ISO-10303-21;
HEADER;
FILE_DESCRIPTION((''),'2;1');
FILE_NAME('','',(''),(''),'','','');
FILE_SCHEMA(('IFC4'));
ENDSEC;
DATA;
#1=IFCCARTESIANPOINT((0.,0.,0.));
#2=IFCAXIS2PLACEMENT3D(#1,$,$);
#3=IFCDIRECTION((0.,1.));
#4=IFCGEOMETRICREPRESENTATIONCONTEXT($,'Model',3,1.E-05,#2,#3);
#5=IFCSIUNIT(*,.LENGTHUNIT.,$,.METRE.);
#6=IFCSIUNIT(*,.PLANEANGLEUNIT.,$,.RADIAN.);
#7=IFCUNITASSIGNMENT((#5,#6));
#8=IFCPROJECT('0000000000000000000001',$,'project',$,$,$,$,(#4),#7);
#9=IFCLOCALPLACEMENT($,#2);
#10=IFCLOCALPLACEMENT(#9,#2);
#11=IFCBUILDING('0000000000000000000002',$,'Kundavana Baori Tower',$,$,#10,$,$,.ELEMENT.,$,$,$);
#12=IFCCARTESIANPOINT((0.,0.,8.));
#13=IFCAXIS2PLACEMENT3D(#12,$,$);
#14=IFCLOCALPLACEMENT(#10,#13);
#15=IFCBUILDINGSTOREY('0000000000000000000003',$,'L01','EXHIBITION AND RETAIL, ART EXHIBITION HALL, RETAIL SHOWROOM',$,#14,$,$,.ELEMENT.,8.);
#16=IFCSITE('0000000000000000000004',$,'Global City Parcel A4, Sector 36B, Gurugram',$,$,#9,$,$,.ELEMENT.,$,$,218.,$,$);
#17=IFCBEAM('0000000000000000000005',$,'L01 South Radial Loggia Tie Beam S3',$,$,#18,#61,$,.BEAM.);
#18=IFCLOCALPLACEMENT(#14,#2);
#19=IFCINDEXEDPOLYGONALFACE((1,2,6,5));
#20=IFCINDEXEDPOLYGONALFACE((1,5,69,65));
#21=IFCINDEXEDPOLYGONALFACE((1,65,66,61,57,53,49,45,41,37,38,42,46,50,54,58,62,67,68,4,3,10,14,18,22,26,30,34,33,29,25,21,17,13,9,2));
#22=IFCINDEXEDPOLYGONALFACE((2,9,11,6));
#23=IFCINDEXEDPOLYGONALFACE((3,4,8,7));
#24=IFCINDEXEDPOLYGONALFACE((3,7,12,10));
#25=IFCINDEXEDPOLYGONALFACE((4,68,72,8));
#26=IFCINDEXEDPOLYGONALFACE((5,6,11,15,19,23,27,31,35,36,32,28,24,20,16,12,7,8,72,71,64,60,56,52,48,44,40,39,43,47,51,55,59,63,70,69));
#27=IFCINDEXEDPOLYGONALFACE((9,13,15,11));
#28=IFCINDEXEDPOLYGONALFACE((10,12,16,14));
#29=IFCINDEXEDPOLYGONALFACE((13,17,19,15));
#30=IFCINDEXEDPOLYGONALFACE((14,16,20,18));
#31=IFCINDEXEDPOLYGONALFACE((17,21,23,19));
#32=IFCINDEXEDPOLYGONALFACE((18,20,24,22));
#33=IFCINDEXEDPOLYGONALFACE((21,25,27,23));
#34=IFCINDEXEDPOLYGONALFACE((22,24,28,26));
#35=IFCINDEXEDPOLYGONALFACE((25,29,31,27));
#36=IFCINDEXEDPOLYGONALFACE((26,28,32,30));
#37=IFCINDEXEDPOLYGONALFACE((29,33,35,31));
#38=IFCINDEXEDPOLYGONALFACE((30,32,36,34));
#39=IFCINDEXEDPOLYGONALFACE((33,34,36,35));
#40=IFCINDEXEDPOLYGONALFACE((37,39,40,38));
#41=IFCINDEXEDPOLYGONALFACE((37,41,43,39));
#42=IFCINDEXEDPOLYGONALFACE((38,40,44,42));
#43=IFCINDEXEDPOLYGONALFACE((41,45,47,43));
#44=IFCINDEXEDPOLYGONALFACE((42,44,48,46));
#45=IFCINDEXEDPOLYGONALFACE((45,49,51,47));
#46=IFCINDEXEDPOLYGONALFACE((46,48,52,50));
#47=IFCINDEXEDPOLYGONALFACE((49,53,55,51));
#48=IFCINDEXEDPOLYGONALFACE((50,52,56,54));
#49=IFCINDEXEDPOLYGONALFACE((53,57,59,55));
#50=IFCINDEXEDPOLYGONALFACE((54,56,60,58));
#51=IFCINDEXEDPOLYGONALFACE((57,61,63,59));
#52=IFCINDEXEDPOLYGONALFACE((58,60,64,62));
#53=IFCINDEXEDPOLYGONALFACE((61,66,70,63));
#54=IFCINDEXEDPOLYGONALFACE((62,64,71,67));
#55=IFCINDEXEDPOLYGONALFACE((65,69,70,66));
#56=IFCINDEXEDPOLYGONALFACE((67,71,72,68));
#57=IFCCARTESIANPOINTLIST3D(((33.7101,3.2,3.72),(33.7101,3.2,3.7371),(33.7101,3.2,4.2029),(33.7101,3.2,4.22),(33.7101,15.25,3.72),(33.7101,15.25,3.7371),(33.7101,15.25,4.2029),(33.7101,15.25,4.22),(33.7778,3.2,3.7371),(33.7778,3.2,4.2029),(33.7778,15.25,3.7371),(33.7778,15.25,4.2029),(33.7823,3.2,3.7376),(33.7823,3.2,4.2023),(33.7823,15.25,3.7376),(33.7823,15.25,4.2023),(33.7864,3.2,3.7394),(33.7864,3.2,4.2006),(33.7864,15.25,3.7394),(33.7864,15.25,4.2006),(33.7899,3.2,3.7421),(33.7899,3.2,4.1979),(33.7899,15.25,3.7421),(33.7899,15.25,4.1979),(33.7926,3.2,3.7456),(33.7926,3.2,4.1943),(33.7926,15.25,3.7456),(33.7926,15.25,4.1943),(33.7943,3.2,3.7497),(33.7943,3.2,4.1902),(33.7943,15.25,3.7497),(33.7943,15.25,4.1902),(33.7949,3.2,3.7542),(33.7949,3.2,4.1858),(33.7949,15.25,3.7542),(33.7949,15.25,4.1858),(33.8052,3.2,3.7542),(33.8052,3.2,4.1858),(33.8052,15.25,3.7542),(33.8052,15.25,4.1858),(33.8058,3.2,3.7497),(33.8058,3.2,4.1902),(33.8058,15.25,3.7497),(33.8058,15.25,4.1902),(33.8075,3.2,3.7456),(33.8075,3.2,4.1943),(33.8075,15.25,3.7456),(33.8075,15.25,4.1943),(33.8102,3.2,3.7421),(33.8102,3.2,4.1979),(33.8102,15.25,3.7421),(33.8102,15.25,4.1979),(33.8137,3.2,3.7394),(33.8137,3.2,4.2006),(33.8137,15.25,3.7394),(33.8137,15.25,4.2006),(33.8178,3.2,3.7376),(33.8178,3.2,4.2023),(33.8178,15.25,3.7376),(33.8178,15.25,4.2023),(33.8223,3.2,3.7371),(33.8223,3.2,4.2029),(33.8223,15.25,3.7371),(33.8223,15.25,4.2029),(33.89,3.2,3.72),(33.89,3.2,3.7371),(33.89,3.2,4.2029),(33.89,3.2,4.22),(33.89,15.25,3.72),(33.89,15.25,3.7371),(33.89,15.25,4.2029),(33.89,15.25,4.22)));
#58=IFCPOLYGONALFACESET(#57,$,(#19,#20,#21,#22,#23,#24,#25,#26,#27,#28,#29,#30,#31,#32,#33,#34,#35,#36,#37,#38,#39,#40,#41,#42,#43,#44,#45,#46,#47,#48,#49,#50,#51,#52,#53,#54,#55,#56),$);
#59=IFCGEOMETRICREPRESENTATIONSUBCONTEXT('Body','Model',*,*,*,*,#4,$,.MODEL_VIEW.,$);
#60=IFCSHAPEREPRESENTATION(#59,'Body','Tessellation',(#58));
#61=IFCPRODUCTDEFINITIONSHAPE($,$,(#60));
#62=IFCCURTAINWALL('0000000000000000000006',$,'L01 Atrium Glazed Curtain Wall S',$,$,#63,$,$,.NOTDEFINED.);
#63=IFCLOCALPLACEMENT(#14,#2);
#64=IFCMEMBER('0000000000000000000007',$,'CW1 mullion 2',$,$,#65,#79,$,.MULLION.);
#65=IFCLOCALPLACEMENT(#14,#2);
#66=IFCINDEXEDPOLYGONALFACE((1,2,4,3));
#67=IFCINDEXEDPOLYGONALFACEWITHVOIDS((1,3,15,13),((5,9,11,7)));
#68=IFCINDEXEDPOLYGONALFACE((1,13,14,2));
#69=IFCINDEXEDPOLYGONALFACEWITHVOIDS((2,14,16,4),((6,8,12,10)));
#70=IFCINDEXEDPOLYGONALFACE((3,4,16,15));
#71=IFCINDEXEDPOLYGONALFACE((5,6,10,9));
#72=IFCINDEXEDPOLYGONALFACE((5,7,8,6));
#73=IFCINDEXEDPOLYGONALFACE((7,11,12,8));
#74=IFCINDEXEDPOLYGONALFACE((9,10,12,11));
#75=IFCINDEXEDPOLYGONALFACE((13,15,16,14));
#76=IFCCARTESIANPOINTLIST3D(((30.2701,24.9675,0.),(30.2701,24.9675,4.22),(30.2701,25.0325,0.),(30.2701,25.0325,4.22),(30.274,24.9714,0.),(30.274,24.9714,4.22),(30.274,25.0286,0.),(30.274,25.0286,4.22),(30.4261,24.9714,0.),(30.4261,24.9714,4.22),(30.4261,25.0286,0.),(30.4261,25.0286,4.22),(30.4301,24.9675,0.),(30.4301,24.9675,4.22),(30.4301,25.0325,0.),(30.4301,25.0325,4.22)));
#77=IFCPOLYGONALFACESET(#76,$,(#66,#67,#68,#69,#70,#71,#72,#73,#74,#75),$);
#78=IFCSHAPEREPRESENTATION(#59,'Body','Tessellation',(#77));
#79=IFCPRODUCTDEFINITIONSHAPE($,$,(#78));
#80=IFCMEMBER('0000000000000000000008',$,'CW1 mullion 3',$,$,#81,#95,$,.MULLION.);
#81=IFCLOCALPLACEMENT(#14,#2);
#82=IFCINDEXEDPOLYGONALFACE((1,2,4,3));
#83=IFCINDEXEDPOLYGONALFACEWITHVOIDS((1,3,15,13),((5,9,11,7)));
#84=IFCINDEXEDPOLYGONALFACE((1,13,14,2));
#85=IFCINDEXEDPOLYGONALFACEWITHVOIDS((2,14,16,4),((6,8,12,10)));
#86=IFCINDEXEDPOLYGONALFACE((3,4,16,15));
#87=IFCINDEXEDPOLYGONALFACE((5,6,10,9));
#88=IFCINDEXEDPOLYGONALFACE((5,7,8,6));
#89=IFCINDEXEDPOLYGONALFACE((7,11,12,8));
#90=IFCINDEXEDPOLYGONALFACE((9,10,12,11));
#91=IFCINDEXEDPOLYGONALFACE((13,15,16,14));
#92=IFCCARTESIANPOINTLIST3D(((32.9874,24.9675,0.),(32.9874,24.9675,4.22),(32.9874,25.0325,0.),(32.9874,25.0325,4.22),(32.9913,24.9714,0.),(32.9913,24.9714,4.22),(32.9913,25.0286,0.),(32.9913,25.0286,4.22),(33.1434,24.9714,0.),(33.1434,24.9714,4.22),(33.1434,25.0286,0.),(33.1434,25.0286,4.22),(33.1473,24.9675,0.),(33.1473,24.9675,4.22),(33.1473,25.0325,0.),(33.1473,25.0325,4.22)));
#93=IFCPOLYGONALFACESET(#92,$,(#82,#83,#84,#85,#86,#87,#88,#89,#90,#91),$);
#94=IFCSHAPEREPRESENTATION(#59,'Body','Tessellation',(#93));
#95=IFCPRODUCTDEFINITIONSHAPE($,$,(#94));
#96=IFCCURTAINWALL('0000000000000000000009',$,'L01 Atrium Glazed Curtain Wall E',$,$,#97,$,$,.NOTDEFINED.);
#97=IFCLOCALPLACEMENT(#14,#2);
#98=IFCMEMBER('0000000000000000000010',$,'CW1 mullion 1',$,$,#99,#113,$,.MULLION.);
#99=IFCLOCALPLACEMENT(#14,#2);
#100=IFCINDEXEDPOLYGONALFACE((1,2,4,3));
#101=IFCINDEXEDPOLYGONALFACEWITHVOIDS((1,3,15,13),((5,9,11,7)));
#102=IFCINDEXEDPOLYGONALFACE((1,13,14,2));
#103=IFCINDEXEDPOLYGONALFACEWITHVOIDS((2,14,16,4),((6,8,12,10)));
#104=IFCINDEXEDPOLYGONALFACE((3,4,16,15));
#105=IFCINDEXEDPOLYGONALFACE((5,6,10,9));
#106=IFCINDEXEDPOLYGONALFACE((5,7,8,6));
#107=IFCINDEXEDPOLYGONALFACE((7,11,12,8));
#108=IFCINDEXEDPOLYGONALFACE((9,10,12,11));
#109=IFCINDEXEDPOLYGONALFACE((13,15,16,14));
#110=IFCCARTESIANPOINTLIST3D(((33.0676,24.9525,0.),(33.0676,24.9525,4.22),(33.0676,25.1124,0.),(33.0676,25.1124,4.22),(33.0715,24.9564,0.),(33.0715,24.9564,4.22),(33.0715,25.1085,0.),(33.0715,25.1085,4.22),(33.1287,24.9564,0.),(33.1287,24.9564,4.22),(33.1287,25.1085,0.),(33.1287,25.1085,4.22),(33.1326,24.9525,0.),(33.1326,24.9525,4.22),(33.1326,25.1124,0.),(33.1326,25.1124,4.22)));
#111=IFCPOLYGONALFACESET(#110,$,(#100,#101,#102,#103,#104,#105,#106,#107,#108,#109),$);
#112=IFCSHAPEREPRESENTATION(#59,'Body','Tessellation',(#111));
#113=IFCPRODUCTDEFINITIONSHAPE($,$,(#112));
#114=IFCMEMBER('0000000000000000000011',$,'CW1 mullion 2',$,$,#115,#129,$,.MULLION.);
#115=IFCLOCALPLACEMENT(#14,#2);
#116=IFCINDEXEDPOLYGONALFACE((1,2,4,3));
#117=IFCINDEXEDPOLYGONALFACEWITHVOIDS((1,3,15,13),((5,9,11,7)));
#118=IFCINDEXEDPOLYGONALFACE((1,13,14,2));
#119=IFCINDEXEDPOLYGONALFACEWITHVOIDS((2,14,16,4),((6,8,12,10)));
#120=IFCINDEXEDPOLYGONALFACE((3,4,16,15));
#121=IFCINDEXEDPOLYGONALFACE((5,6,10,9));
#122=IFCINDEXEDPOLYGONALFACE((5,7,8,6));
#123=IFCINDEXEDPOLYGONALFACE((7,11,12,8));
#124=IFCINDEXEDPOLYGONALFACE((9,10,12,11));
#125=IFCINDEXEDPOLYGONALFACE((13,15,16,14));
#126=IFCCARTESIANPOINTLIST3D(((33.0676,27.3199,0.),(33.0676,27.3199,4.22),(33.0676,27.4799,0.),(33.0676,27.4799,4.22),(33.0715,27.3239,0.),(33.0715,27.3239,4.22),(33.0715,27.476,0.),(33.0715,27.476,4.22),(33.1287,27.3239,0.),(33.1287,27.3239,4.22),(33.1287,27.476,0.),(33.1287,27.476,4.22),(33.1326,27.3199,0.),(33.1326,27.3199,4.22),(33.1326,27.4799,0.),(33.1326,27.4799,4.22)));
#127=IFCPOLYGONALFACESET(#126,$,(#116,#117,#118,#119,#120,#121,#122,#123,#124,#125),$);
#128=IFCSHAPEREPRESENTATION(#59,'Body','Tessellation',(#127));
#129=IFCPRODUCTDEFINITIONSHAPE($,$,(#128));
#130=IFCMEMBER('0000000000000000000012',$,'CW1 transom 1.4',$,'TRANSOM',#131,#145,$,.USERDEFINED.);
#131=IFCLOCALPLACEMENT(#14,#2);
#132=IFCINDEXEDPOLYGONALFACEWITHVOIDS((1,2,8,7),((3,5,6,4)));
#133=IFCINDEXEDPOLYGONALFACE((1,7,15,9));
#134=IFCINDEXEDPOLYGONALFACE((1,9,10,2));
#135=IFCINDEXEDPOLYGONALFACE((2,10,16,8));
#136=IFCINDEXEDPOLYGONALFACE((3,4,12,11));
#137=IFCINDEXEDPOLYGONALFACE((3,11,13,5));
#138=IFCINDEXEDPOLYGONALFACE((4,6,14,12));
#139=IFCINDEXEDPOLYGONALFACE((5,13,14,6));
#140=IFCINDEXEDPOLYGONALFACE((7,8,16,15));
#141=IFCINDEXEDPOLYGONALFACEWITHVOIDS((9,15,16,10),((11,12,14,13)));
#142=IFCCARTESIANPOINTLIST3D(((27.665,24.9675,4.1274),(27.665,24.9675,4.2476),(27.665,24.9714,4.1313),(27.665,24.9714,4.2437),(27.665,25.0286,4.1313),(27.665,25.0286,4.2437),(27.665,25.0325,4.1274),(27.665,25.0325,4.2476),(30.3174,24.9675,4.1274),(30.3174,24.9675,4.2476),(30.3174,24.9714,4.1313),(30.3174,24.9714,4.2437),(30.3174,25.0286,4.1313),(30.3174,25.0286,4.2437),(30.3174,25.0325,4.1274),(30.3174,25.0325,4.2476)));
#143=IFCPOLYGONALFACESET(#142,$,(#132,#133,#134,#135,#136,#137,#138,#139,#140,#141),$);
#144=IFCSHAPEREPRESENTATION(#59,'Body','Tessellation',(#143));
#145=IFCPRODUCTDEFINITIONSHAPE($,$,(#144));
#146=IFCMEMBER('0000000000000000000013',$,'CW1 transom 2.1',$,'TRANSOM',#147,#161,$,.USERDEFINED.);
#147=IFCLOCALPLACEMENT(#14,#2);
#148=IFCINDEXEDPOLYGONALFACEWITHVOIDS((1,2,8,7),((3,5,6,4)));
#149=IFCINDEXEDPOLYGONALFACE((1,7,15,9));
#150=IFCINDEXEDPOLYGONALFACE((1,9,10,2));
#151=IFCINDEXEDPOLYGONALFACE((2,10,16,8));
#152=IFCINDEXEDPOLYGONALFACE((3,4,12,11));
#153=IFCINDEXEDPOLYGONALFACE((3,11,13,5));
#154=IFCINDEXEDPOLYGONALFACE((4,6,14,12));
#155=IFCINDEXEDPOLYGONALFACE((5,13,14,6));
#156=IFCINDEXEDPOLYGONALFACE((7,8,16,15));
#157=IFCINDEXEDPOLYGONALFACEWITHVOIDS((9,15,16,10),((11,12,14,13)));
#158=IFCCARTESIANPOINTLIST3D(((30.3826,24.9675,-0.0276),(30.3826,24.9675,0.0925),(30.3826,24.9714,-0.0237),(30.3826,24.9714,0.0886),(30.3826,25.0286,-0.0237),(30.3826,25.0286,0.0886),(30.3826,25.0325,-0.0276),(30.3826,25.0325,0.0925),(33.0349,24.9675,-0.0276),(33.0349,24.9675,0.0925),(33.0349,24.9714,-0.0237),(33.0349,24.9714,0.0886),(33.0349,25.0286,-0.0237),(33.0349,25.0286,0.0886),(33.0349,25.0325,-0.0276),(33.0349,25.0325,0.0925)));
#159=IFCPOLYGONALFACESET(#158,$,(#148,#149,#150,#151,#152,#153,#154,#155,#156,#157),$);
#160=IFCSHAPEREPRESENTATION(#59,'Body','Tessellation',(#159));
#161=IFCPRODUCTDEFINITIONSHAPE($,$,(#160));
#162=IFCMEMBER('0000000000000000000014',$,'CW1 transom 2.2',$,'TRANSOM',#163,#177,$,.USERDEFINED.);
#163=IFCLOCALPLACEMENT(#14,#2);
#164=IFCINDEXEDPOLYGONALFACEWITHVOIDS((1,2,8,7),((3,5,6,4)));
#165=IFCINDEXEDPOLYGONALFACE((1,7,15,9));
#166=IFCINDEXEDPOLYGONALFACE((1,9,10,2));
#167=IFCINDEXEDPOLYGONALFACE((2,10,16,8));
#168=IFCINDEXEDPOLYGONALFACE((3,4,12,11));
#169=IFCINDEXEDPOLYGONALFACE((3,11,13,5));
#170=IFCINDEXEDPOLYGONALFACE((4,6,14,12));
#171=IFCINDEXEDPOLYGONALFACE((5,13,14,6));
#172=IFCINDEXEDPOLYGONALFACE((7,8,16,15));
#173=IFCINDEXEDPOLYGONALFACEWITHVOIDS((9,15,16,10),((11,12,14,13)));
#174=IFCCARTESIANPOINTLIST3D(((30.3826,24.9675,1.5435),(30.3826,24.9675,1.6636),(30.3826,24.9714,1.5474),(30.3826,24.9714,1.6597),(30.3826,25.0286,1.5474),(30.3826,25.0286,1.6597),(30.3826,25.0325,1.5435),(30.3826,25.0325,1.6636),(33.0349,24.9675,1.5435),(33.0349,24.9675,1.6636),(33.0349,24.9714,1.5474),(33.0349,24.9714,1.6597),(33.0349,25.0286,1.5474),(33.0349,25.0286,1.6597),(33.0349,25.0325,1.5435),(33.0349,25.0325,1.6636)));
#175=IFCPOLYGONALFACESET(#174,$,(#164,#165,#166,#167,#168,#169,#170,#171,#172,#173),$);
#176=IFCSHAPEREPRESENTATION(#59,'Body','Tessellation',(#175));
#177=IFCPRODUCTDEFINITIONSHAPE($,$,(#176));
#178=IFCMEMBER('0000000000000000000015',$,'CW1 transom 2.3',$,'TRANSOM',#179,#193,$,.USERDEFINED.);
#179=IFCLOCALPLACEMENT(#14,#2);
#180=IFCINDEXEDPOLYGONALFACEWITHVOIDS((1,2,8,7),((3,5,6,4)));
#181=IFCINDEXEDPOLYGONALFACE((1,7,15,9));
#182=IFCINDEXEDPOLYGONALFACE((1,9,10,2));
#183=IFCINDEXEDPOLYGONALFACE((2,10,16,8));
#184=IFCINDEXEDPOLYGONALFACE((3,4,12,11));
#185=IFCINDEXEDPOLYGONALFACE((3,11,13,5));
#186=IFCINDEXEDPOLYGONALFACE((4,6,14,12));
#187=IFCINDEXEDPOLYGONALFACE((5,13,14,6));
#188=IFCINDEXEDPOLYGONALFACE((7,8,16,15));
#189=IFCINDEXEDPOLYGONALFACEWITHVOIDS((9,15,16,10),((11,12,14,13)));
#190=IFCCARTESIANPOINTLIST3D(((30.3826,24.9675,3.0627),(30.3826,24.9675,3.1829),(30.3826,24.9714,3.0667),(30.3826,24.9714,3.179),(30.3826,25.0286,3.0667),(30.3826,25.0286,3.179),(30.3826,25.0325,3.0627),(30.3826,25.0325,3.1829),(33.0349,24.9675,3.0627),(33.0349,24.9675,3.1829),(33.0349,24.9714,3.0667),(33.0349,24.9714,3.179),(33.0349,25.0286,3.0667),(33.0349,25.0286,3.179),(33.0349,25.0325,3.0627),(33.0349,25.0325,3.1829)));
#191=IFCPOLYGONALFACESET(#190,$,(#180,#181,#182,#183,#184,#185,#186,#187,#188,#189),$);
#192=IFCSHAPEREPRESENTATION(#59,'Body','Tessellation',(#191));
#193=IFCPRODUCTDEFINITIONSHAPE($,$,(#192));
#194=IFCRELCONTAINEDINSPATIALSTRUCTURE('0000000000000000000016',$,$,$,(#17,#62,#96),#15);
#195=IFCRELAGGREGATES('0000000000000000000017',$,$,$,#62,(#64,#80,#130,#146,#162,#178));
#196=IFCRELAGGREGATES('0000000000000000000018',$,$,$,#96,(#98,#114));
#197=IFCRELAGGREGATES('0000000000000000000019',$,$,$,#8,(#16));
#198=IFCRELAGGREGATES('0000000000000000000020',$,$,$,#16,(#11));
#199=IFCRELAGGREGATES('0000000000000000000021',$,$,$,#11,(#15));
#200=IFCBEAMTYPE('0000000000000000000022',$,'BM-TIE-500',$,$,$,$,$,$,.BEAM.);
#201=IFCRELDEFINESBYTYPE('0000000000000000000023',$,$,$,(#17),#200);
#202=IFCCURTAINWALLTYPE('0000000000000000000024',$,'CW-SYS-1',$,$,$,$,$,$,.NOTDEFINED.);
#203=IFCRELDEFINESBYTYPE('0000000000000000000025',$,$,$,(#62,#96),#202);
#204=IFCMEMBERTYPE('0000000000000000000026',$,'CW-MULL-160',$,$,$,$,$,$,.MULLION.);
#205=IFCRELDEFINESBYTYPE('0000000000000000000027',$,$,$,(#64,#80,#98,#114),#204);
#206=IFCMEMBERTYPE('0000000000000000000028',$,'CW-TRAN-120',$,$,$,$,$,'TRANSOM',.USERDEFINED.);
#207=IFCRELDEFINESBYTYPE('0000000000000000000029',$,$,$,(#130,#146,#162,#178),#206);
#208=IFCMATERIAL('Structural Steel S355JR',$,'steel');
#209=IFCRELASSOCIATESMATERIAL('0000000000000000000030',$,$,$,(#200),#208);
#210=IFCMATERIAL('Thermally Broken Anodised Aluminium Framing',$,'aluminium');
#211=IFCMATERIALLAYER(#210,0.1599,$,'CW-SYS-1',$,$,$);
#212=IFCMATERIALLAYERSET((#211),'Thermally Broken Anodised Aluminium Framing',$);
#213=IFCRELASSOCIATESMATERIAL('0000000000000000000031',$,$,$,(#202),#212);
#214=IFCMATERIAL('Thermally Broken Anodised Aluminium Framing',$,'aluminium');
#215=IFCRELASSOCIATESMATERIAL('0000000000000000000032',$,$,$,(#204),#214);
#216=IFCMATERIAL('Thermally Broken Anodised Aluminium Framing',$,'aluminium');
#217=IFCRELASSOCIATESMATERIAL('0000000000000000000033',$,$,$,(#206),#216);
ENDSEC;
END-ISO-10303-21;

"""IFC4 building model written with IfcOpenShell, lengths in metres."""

from ifc_helpers import new_model, si_unit, direction, frame, origin, origin_2d, place, context, subcontext, project, spatial, hollow_rectangle, i_section, extrude, material, layer, layer_set, material_profile, profile_set, type_object, element, aggregate, save


model = new_model("IFC4")

# Units and contexts
model_context = context("Model", 3, precision=1e-05, world=origin(), true_north=direction((0.0, 1.0)))
body_context = subcontext(model_context, "Body", "Model", "MODEL_VIEW")
ifc_project = project(units=[si_unit("LENGTHUNIT", "METRE"), si_unit("PLANEANGLEUNIT", "RADIAN")], contexts=[model_context])

# Site, building, storey
site_placement = place(None, origin())
site = spatial("IfcSite", under=ifc_project, at=site_placement, Name="Global City Parcel A4, Sector 36B, Gurugram", CompositionType="ELEMENT", RefElevation=218.0)
building_placement = place(site_placement, origin())
building = spatial("IfcBuilding", under=site, at=building_placement, Name="Kundavana Baori Tower", CompositionType="ELEMENT")
storey_placement = place(building_placement, frame((0.0, 0.0, 8.0)))
storey = spatial("IfcBuildingStorey", under=building, at=storey_placement, Name="L01", Description="EXHIBITION AND RETAIL, ART EXHIBITION HALL, RETAIL SHOWROOM", CompositionType="ELEMENT", Elevation=8.0)

# Beam
ifc_material_1 = material(Name="Structural Steel S355JR", Category="steel")
ifc_material_profile_1 = material_profile(ifc_material_1, i_section(OverallWidth=0.1799, OverallDepth=0.5, WebThickness=0.0103, FlangeThickness=0.0171, FilletRadius=0.0171, at=origin_2d()), Name="ISMB 500")
ifc_profile_set_1 = profile_set([ifc_material_profile_1], Name="Structural Steel S355JR")
beam_type_1 = type_object("IfcBeamType", Name="BM-TIE-500", PredefinedType="BEAM", material=ifc_profile_set_1)
beam_1_placement = place(storey_placement, frame((33.8, 15.25, 3.97), z_axis=(0.0, -1.0, 0.0), x_axis=(1.0, 0.0, 0.0)))
element("IfcBeam", 1, at=beam_1_placement, inside=storey, type_object=beam_type_1, Name="L01 South Radial Loggia Tie Beam S3", PredefinedType="BEAM", context=body_context, shape_type="SweptSolid", body=[
    extrude(i_section(OverallWidth=0.1799, OverallDepth=0.5, WebThickness=0.0103, FlangeThickness=0.0171, FilletRadius=0.0171, at=origin_2d()), origin(), (0.0, 0.0, 1.0), 12.05),
])

# Curtain walls, members
ifc_material_2 = material(Name="Thermally Broken Anodised Aluminium Framing", Category="aluminium")
ifc_layer_1 = layer(ifc_material_2, 0.1599, Name="CW-SYS-1")
ifc_layer_set_1 = layer_set([ifc_layer_1], Name="Thermally Broken Anodised Aluminium Framing")
curtain_wall_type = type_object("IfcCurtainWallType", Name="CW-SYS-1", PredefinedType="NOTDEFINED", material=ifc_layer_set_1)
curtain_wall_1_placement = place(storey_placement, origin())
curtain_wall_1 = element("IfcCurtainWall", 2, at=curtain_wall_1_placement, inside=storey, type_object=curtain_wall_type, Name="L01 Atrium Glazed Curtain Wall S", PredefinedType="NOTDEFINED")
ifc_material_3 = material(Name="Thermally Broken Anodised Aluminium Framing", Category="aluminium")
ifc_material_profile_2 = material_profile(ifc_material_3, hollow_rectangle(XDim=0.0649, YDim=0.1599, WallThickness=0.0039, at=origin_2d()), Name="CW-MULL-160")
ifc_profile_set_2 = profile_set([ifc_material_profile_2], Name="Thermally Broken Anodised Aluminium Framing")
member_type_1 = type_object("IfcMemberType", Name="CW-MULL-160", PredefinedType="MULLION", material=ifc_profile_set_2)
member_1_placement = place(storey_placement, frame((30.3501, 25.0, 0.0), z_axis=(0.0, 0.0, 1.0), x_axis=(0.0, 1.0, 0.0)))
member_1 = element("IfcMember", 3, at=member_1_placement, type_object=member_type_1, Name="CW1 mullion 2", PredefinedType="MULLION", context=body_context, shape_type="SweptSolid", body=[
    extrude(hollow_rectangle(XDim=0.0649, YDim=0.1599, WallThickness=0.0039, at=origin_2d()), origin(), (0.0, 0.0, 1.0), 4.22),
])
member_2_placement = place(storey_placement, frame((33.0674, 25.0, 0.0), z_axis=(0.0, 0.0, 1.0), x_axis=(0.0, 1.0, 0.0)))
member_2 = element("IfcMember", 4, at=member_2_placement, type_object=member_type_1, Name="CW1 mullion 3", PredefinedType="MULLION", context=body_context, shape_type="SweptSolid", body=[
    extrude(hollow_rectangle(XDim=0.0649, YDim=0.1599, WallThickness=0.0039, at=origin_2d()), origin(), (0.0, 0.0, 1.0), 4.22),
])
curtain_wall_2_placement = place(storey_placement, origin())
curtain_wall_2 = element("IfcCurtainWall", 5, at=curtain_wall_2_placement, inside=storey, type_object=curtain_wall_type, Name="L01 Atrium Glazed Curtain Wall E", PredefinedType="NOTDEFINED")
member_3_placement = place(storey_placement, frame((33.1001, 25.0325, 0.0), z_axis=(0.0, 0.0, 1.0), x_axis=(-1.0, 0.0, 0.0)))
member_3 = element("IfcMember", 6, at=member_3_placement, type_object=member_type_1, Name="CW1 mullion 1", PredefinedType="MULLION", context=body_context, shape_type="SweptSolid", body=[
    extrude(hollow_rectangle(XDim=0.0649, YDim=0.1599, WallThickness=0.0039, at=origin_2d()), origin(), (0.0, 0.0, 1.0), 4.22),
])
member_4_placement = place(storey_placement, frame((33.1001, 27.3999, 0.0), z_axis=(0.0, 0.0, 1.0), x_axis=(-1.0, 0.0, 0.0)))
member_4 = element("IfcMember", 7, at=member_4_placement, type_object=member_type_1, Name="CW1 mullion 2", PredefinedType="MULLION", context=body_context, shape_type="SweptSolid", body=[
    extrude(hollow_rectangle(XDim=0.0649, YDim=0.1599, WallThickness=0.0039, at=origin_2d()), origin(), (0.0, 0.0, 1.0), 4.22),
])

# Members
ifc_material_4 = material(Name="Thermally Broken Anodised Aluminium Framing", Category="aluminium")
ifc_material_profile_3 = material_profile(ifc_material_4, hollow_rectangle(XDim=0.0649, YDim=0.1201, WallThickness=0.0039, at=origin_2d()), Name="CW-TRAN-120")
ifc_profile_set_3 = profile_set([ifc_material_profile_3], Name="Thermally Broken Anodised Aluminium Framing")
member_type_2 = type_object("IfcMemberType", Name="CW-TRAN-120", ElementType="TRANSOM", PredefinedType="USERDEFINED", material=ifc_profile_set_3)
member_5_placement = place(storey_placement, frame((27.665, 25.0, 4.1875), z_axis=(1.0, 0.0, 0.0), x_axis=(0.0, 1.0, 0.0)))
member_5 = element("IfcMember", 8, at=member_5_placement, type_object=member_type_2, Name="CW1 transom 1.4", ObjectType="TRANSOM", PredefinedType="USERDEFINED", context=body_context, shape_type="SweptSolid", body=[
    extrude(hollow_rectangle(XDim=0.0649, YDim=0.1201, WallThickness=0.0039, at=origin_2d()), origin(), (0.0, 0.0, 1.0), 2.6523),
])
member_6_placement = place(storey_placement, frame((30.3826, 25.0, 0.0325), z_axis=(1.0, 0.0, 0.0), x_axis=(0.0, 1.0, 0.0)))
member_6 = element("IfcMember", 9, at=member_6_placement, type_object=member_type_2, Name="CW1 transom 2.1", ObjectType="TRANSOM", PredefinedType="USERDEFINED", context=body_context, shape_type="SweptSolid", body=[
    extrude(hollow_rectangle(XDim=0.0649, YDim=0.1201, WallThickness=0.0039, at=origin_2d()), origin(), (0.0, 0.0, 1.0), 2.6523),
])
member_7_placement = place(storey_placement, frame((30.3826, 25.0, 1.6035), z_axis=(1.0, 0.0, 0.0), x_axis=(0.0, 1.0, 0.0)))
member_7 = element("IfcMember", 10, at=member_7_placement, type_object=member_type_2, Name="CW1 transom 2.2", ObjectType="TRANSOM", PredefinedType="USERDEFINED", context=body_context, shape_type="SweptSolid", body=[
    extrude(hollow_rectangle(XDim=0.0649, YDim=0.1201, WallThickness=0.0039, at=origin_2d()), origin(), (0.0, 0.0, 1.0), 2.6523),
])
member_8_placement = place(storey_placement, frame((30.3826, 25.0, 3.1228), z_axis=(1.0, 0.0, 0.0), x_axis=(0.0, 1.0, 0.0)))
member_8 = element("IfcMember", 11, at=member_8_placement, type_object=member_type_2, Name="CW1 transom 2.3", ObjectType="TRANSOM", PredefinedType="USERDEFINED", context=body_context, shape_type="SweptSolid", body=[
    extrude(hollow_rectangle(XDim=0.0649, YDim=0.1201, WallThickness=0.0039, at=origin_2d()), origin(), (0.0, 0.0, 1.0), 2.6523),
])

aggregate(curtain_wall_1, [member_1, member_2, member_5, member_6, member_7, member_8])
aggregate(curtain_wall_2, [member_3, member_4])

save(model, "model.ifc")
